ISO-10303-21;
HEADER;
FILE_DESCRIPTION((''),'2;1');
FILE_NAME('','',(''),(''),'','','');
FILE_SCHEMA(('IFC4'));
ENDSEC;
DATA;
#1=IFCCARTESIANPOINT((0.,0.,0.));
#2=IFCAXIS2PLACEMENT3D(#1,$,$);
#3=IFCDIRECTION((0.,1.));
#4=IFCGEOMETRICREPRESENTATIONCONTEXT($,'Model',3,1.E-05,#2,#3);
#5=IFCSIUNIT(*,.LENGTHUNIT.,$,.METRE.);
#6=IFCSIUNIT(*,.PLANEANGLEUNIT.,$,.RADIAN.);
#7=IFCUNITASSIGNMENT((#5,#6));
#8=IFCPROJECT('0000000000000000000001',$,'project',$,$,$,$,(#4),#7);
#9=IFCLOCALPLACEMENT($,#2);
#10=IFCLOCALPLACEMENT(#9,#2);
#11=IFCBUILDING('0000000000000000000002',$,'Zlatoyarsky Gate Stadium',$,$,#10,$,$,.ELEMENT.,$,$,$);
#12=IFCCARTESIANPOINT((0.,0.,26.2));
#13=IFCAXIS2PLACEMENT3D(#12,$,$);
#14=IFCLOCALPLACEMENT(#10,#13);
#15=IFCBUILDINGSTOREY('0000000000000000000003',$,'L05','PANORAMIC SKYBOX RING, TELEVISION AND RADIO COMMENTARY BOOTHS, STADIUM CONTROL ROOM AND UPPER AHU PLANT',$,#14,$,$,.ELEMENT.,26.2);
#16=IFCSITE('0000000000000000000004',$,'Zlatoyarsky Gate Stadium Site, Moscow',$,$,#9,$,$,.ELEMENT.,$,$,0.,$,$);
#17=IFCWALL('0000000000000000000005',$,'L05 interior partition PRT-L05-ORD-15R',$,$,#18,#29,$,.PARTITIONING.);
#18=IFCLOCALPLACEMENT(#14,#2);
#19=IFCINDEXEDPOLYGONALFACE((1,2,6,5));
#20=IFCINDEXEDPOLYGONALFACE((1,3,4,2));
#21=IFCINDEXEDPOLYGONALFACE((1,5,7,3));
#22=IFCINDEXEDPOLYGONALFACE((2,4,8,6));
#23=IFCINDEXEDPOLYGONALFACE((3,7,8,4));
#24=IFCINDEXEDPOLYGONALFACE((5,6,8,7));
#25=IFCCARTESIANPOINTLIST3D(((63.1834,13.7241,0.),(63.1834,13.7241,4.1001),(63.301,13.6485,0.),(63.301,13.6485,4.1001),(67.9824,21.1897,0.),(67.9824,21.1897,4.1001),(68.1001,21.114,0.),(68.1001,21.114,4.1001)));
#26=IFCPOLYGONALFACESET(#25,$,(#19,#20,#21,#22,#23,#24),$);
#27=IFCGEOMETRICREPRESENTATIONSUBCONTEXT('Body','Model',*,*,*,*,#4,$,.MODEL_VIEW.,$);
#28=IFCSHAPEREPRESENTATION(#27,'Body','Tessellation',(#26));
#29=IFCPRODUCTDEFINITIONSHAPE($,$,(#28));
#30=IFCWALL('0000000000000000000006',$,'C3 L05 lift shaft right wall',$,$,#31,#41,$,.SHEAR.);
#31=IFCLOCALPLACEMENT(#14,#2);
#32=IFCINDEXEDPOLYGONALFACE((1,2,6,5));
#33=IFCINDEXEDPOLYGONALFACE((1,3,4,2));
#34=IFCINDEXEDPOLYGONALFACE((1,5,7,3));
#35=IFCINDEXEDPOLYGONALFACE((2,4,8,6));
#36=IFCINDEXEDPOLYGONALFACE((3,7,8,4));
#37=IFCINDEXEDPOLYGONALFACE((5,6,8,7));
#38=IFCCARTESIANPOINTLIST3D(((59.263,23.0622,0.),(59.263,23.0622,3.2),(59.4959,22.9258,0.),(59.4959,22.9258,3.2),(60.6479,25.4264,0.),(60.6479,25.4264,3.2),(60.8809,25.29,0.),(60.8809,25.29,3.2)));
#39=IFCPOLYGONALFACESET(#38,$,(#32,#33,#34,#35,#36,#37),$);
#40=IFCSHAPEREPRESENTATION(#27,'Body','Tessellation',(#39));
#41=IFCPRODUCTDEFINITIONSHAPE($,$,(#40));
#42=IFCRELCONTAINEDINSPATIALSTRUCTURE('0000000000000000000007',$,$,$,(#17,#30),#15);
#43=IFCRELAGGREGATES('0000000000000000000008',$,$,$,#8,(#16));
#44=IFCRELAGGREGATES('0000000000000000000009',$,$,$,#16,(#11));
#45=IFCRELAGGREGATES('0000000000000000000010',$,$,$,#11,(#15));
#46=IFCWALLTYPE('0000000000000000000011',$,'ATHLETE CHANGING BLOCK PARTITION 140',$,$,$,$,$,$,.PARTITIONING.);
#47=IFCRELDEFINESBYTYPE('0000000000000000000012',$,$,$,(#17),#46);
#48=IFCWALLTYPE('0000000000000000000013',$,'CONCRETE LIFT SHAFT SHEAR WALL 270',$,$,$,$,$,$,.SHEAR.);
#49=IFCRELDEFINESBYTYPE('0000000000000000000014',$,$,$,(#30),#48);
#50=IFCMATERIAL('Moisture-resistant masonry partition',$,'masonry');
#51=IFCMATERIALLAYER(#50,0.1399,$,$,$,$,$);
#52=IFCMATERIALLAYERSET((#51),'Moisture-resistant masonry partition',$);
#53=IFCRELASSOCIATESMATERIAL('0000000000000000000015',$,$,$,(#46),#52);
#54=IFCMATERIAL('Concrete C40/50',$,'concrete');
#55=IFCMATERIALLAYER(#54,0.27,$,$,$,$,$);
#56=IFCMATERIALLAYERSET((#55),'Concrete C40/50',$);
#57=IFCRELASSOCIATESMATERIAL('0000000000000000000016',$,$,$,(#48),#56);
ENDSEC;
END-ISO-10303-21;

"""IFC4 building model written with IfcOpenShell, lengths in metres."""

from ifc_helpers import new_model, si_unit, direction, frame, frame_2d, origin, place, context, subcontext, project, spatial, rectangle, extrude, material, layer, layer_set, type_object, element, save


model = new_model("IFC4")

# Units and contexts
model_context = context("Model", 3, precision=1e-05, world=origin(), true_north=direction((0.0, 1.0)))
body_context = subcontext(model_context, "Body", "Model", "MODEL_VIEW")
ifc_project = project(units=[si_unit("LENGTHUNIT", "METRE"), si_unit("PLANEANGLEUNIT", "RADIAN")], contexts=[model_context])

# Site, building, storey
site_placement = place(None, origin())
site = spatial("IfcSite", under=ifc_project, at=site_placement, Name="Zlatoyarsky Gate Stadium Site, Moscow", CompositionType="ELEMENT", RefElevation=0.0)
building_placement = place(site_placement, origin())
building = spatial("IfcBuilding", under=site, at=building_placement, Name="Zlatoyarsky Gate Stadium", CompositionType="ELEMENT")
storey_placement = place(building_placement, frame((0.0, 0.0, 26.2)))
storey = spatial("IfcBuildingStorey", under=building, at=storey_placement, Name="L05", Description="PANORAMIC SKYBOX RING, TELEVISION AND RADIO COMMENTARY BOOTHS, STADIUM CONTROL ROOM AND UPPER AHU PLANT", CompositionType="ELEMENT", Elevation=26.2)

# Walls
ifc_material_1 = material(Name="Moisture-resistant masonry partition", Category="masonry")
ifc_layer_1 = layer(ifc_material_1, 0.1399)
ifc_layer_set_1 = layer_set([ifc_layer_1], Name="Moisture-resistant masonry partition")
wall_type_1 = type_object("IfcWallType", Name="ATHLETE CHANGING BLOCK PARTITION 140", PredefinedType="PARTITIONING", material=ifc_layer_set_1)
wall_1_placement = place(storey_placement, frame((68.0413, 21.1519, 0.0), z_axis=(0.0, 0.0, 1.0), x_axis=(-0.54074, -0.84119, 0.0)))
element("IfcWall", 1, at=wall_1_placement, inside=storey, type_object=wall_type_1, Name="L05 interior partition PRT-L05-ORD-15R", PredefinedType="PARTITIONING", context=body_context, shape_type="SweptSolid", body=[
    extrude(rectangle(XDim=8.875, YDim=0.1399, at=frame_2d((4.4375, 0.0))), origin(), (0.0, 0.0, 1.0), 4.1001),
])
ifc_material_2 = material(Name="Concrete C40/50", Category="concrete")
ifc_layer_2 = layer(ifc_material_2, 0.27)
ifc_layer_set_2 = layer_set([ifc_layer_2], Name="Concrete C40/50")
wall_type_2 = type_object("IfcWallType", Name="CONCRETE LIFT SHAFT SHEAR WALL 270", PredefinedType="SHEAR", material=ifc_layer_set_2)
wall_2_placement = place(storey_placement, frame((59.3794, 22.9939, 0.0), z_axis=(0.0, 0.0, 1.0), x_axis=(0.505466, 0.862847, 0.0)))
element("IfcWall", 2, at=wall_2_placement, inside=storey, type_object=wall_type_2, Name="C3 L05 lift shaft right wall", PredefinedType="SHEAR", context=body_context, shape_type="SweptSolid", body=[
    extrude(rectangle(XDim=2.74, YDim=0.27, at=frame_2d((1.3701, 0.0))), origin(), (0.0, 0.0, 1.0), 3.2),
])

save(model, "model.ifc")
